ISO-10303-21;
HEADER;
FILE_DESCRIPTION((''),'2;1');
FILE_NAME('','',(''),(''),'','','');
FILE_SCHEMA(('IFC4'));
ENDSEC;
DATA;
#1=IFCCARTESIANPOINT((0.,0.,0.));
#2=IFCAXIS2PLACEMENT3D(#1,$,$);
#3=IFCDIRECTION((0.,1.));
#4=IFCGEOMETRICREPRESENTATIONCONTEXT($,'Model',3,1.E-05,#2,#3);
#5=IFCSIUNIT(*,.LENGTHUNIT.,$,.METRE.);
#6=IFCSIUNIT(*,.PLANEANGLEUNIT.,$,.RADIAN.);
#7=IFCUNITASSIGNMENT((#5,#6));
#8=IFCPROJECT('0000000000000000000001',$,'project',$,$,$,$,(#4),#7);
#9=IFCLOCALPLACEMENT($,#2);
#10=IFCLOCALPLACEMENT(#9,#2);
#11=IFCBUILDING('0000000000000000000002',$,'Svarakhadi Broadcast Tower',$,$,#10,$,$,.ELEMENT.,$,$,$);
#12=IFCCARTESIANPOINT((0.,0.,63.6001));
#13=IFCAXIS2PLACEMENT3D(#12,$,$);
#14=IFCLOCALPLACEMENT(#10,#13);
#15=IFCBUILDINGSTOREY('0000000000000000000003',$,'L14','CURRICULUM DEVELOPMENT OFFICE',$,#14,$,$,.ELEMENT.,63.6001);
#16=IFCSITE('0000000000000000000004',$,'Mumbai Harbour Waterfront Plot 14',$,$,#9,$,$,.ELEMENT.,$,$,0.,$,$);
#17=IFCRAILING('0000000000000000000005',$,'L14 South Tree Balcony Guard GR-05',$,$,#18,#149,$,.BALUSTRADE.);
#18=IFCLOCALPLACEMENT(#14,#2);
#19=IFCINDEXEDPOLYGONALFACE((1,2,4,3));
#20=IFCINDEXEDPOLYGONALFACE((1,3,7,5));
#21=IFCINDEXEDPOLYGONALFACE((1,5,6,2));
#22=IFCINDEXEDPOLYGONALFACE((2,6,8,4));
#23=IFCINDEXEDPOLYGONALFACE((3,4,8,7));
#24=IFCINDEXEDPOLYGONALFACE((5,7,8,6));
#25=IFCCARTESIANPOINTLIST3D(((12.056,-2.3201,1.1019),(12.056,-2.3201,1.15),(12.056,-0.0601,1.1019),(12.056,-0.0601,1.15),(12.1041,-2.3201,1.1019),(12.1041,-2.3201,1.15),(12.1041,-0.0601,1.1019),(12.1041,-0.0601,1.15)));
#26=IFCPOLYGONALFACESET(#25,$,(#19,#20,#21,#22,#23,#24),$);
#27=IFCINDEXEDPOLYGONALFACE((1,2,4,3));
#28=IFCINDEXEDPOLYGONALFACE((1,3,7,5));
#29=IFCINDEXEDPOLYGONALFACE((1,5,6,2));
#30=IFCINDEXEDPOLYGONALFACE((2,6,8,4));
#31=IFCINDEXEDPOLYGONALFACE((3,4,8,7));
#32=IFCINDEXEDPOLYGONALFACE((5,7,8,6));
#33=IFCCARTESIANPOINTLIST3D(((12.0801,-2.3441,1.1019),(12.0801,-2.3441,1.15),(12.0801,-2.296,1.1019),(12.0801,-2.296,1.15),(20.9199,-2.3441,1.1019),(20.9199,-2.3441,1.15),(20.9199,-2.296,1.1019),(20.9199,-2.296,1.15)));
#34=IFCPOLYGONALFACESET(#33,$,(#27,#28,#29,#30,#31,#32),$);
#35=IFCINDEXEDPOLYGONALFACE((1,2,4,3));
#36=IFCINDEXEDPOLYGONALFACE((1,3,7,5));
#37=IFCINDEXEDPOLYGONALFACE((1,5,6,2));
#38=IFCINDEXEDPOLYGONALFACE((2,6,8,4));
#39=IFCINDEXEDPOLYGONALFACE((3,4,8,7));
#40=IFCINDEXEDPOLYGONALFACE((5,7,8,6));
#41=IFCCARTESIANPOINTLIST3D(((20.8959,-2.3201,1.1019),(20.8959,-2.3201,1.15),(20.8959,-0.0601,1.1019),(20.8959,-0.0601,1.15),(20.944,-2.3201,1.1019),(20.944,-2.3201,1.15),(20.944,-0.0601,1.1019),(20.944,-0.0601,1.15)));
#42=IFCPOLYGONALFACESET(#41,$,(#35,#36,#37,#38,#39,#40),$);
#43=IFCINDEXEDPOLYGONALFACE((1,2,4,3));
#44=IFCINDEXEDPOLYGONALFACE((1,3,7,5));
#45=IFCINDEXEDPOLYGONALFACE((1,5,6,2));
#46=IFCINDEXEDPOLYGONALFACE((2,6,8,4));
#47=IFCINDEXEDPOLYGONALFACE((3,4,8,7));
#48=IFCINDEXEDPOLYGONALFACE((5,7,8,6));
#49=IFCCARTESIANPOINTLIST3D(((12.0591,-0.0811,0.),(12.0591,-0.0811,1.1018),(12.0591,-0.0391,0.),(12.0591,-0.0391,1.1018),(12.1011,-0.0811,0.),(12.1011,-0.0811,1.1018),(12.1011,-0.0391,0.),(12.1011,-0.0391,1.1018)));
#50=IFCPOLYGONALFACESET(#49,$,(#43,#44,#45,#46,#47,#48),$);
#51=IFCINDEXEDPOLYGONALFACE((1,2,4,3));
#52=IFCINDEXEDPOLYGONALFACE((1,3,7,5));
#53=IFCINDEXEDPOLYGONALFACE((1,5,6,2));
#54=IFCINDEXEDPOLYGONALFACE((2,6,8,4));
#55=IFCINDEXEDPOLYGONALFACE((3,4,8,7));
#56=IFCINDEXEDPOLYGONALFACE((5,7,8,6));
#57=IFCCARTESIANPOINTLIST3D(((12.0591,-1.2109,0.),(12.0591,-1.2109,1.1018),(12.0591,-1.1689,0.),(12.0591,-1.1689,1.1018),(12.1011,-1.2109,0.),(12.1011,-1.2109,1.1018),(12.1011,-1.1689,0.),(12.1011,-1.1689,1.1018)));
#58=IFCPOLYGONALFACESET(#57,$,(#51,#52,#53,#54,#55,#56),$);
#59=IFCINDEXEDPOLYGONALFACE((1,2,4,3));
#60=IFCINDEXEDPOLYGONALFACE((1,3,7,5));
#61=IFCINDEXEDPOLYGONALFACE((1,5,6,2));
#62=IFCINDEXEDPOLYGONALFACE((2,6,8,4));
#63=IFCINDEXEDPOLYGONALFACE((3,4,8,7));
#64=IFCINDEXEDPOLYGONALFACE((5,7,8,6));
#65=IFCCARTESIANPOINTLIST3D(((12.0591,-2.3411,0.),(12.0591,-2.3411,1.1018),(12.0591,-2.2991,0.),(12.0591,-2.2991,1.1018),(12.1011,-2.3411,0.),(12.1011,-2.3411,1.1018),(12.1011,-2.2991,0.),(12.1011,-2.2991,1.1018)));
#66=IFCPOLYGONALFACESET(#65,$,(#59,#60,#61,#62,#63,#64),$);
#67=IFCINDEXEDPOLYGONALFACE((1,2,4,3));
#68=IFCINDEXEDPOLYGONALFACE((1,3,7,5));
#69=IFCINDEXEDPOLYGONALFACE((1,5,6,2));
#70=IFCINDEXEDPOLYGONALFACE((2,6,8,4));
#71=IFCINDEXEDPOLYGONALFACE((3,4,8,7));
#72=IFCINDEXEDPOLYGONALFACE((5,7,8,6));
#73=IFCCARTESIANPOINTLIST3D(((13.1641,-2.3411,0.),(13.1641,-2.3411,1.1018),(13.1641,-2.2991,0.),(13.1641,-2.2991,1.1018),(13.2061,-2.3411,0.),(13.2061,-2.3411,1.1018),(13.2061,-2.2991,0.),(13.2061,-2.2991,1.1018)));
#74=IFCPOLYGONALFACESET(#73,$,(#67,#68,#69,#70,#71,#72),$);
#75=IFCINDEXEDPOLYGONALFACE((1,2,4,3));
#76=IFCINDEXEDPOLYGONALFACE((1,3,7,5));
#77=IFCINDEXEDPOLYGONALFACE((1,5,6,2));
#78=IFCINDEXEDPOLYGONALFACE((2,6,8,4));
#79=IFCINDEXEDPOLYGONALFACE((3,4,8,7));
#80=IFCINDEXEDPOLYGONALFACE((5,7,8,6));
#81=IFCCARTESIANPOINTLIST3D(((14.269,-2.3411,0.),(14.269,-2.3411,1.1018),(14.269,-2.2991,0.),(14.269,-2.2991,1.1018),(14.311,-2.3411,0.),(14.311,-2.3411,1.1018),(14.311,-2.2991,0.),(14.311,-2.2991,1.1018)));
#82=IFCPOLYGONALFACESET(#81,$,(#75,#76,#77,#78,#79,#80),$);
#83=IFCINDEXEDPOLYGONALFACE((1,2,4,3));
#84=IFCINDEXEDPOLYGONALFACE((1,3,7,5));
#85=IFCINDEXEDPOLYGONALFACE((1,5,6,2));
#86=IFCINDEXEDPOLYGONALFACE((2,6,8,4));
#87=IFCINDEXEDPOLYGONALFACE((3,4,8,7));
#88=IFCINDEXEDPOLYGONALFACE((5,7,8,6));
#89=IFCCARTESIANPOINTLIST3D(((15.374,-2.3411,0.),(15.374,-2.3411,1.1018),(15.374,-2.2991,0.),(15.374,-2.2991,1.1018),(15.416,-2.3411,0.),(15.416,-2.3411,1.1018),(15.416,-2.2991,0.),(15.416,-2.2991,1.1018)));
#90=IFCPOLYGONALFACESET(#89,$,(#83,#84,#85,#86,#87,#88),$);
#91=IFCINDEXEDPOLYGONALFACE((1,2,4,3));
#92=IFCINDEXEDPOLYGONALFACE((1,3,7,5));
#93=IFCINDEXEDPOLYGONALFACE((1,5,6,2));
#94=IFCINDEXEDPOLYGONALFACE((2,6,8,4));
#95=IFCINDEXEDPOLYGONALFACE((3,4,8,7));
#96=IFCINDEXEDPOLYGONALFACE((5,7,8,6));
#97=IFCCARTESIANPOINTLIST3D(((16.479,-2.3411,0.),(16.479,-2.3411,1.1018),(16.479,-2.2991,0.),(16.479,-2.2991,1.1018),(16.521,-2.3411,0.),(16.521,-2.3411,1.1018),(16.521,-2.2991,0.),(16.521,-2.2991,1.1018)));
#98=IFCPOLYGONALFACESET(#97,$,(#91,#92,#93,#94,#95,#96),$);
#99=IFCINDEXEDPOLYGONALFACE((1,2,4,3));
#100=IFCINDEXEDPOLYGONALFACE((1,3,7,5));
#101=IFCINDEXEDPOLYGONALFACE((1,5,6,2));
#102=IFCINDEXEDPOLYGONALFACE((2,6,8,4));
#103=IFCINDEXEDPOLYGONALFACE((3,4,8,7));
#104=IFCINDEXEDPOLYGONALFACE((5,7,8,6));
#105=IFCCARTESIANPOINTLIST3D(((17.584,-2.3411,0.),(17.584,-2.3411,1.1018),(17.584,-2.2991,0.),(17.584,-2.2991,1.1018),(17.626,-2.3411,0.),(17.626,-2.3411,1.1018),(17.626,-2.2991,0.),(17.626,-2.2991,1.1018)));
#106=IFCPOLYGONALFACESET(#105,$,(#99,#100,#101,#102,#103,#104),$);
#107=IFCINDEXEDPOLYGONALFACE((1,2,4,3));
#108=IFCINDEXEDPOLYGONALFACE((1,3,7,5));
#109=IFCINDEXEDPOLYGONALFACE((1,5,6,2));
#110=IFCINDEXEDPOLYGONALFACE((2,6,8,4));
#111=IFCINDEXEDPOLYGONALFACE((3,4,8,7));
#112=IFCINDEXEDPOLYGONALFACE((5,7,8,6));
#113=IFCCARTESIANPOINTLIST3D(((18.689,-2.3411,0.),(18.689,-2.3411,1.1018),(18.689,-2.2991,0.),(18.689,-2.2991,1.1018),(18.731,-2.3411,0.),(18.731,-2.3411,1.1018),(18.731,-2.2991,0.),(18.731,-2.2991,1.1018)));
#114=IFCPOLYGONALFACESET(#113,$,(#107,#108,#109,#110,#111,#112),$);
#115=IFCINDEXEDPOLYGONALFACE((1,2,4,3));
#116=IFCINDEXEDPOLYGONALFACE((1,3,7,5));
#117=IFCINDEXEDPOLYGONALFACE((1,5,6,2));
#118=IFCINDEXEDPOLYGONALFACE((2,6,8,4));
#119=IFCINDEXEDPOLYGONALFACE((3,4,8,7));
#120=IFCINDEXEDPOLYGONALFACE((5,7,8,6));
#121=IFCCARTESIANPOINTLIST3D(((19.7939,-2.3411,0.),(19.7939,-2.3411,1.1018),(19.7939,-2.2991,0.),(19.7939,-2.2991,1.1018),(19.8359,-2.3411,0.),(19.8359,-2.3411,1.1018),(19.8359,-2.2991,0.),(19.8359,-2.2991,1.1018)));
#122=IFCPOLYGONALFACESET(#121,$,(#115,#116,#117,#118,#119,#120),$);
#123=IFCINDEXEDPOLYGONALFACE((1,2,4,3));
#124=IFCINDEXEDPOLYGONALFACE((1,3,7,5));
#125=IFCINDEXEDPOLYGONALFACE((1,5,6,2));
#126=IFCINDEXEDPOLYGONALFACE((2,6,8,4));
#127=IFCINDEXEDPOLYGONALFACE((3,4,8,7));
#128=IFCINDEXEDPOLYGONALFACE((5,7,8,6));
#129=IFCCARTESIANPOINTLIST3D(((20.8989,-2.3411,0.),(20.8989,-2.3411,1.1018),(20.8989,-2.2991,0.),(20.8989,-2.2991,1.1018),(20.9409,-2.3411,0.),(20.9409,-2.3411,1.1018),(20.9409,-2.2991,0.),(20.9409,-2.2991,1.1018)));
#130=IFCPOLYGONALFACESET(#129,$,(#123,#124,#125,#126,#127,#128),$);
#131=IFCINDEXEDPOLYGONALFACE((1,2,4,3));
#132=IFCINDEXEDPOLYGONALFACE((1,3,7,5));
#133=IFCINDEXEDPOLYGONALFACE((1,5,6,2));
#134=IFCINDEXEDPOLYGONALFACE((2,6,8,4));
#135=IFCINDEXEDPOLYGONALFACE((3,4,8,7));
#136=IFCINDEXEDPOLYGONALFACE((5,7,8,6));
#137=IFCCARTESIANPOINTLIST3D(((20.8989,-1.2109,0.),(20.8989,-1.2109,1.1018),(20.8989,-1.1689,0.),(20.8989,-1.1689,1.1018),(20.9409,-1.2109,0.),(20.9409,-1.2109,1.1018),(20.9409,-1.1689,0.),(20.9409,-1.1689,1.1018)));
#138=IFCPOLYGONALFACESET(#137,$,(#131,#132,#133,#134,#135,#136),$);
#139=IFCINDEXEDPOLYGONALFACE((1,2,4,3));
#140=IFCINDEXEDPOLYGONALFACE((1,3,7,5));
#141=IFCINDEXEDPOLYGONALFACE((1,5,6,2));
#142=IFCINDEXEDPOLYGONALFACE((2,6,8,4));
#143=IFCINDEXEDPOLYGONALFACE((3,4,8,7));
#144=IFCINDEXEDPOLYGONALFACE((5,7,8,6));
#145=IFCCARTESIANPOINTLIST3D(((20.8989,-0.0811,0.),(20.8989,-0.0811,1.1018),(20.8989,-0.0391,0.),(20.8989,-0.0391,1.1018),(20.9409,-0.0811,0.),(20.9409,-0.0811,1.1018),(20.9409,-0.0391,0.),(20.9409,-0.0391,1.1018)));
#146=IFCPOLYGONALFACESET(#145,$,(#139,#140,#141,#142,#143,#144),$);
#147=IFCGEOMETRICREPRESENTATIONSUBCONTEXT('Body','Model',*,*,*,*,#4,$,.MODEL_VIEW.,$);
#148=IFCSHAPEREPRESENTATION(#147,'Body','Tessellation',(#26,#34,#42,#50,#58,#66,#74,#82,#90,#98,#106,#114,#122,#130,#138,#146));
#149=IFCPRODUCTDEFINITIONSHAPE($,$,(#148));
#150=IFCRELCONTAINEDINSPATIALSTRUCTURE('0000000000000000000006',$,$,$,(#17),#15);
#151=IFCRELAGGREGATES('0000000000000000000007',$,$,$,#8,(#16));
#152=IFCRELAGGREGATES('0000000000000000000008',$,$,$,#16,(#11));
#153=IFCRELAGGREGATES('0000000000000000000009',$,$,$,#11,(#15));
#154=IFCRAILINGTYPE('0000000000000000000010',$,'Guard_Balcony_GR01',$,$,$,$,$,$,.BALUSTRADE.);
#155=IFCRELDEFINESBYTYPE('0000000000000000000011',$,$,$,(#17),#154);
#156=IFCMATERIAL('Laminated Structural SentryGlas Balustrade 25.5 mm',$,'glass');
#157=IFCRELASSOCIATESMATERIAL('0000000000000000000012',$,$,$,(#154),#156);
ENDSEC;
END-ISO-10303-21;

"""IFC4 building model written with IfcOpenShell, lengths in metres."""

from ifc_helpers import new_model, si_unit, direction, frame, origin, origin_2d, place, context, subcontext, project, spatial, rectangle, extrude, material, type_object, element, save


model = new_model("IFC4")

# Units and contexts
model_context = context("Model", 3, precision=1e-05, world=origin(), true_north=direction((0.0, 1.0)))
body_context = subcontext(model_context, "Body", "Model", "MODEL_VIEW")
ifc_project = project(units=[si_unit("LENGTHUNIT", "METRE"), si_unit("PLANEANGLEUNIT", "RADIAN")], contexts=[model_context])

# Site, building, storey
site_placement = place(None, origin())
site = spatial("IfcSite", under=ifc_project, at=site_placement, Name="Mumbai Harbour Waterfront Plot 14", CompositionType="ELEMENT", RefElevation=0.0)
building_placement = place(site_placement, origin())
building = spatial("IfcBuilding", under=site, at=building_placement, Name="Svarakhadi Broadcast Tower", CompositionType="ELEMENT")
storey_placement = place(building_placement, frame((0.0, 0.0, 63.6001)))
storey = spatial("IfcBuildingStorey", under=building, at=storey_placement, Name="L14", Description="CURRICULUM DEVELOPMENT OFFICE", CompositionType="ELEMENT", Elevation=63.6001)

# Railing
ifc_material_1 = material(Name="Laminated Structural SentryGlas Balustrade 25.5 mm", Category="glass")
railing_type = type_object("IfcRailingType", Name="Guard_Balcony_GR01", PredefinedType="BALUSTRADE", material=ifc_material_1)
railing_placement = place(storey_placement, frame((12.0801, -0.0601, 0.0)))
element("IfcRailing", 1, at=railing_placement, inside=storey, type_object=railing_type, Name="L14 South Tree Balcony Guard GR-05", PredefinedType="BALUSTRADE", context=body_context, shape_type="SweptSolid", body=[
    extrude(rectangle(XDim=0.0481, YDim=0.0481, at=origin_2d()), frame((0.0, 0.0, 1.126), z_axis=(0.0, -1.0, 0.0), x_axis=(1.0, 0.0, 0.0)), (0.0, 0.0, 1.0), 2.26),
    extrude(rectangle(XDim=0.0481, YDim=0.0481, at=origin_2d()), frame((0.0, -2.26, 1.126), z_axis=(1.0, 0.0, 0.0), x_axis=(0.0, 1.0, 0.0)), (0.0, 0.0, 1.0), 8.8398),
    extrude(rectangle(XDim=0.0481, YDim=0.0481, at=origin_2d()), frame((8.8398, -2.26, 1.126), z_axis=(0.0, 1.0, 0.0), x_axis=(-1.0, 0.0, 0.0)), (0.0, 0.0, 1.0), 2.26),
    extrude(rectangle(XDim=0.042, YDim=0.042, at=origin_2d()), origin(), (0.0, 0.0, 1.0), 1.1018),
    extrude(rectangle(XDim=0.042, YDim=0.042, at=origin_2d()), frame((0.0, -1.1299, 0.0)), (0.0, 0.0, 1.0), 1.1018),
    extrude(rectangle(XDim=0.042, YDim=0.042, at=origin_2d()), frame((0.0, -2.26, 0.0)), (0.0, 0.0, 1.0), 1.1018),
    extrude(rectangle(XDim=0.042, YDim=0.042, at=origin_2d()), frame((1.105, -2.26, 0.0)), (0.0, 0.0, 1.0), 1.1018),
    extrude(rectangle(XDim=0.042, YDim=0.042, at=origin_2d()), frame((2.21, -2.26, 0.0)), (0.0, 0.0, 1.0), 1.1018),
    extrude(rectangle(XDim=0.042, YDim=0.042, at=origin_2d()), frame((3.3149, -2.26, 0.0)), (0.0, 0.0, 1.0), 1.1018),
    extrude(rectangle(XDim=0.042, YDim=0.042, at=origin_2d()), frame((4.4199, -2.26, 0.0)), (0.0, 0.0, 1.0), 1.1018),
    extrude(rectangle(XDim=0.042, YDim=0.042, at=origin_2d()), frame((5.5249, -2.26, 0.0)), (0.0, 0.0, 1.0), 1.1018),
    extrude(rectangle(XDim=0.042, YDim=0.042, at=origin_2d()), frame((6.6299, -2.26, 0.0)), (0.0, 0.0, 1.0), 1.1018),
    extrude(rectangle(XDim=0.042, YDim=0.042, at=origin_2d()), frame((7.7349, -2.26, 0.0)), (0.0, 0.0, 1.0), 1.1018),
    extrude(rectangle(XDim=0.042, YDim=0.042, at=origin_2d()), frame((8.8398, -2.26, 0.0)), (0.0, 0.0, 1.0), 1.1018),
    extrude(rectangle(XDim=0.042, YDim=0.042, at=origin_2d()), frame((8.8398, -1.1299, 0.0)), (0.0, 0.0, 1.0), 1.1018),
    extrude(rectangle(XDim=0.042, YDim=0.042, at=origin_2d()), frame((8.8398, 0.0, 0.0)), (0.0, 0.0, 1.0), 1.1018),
])

save(model, "model.ifc")
